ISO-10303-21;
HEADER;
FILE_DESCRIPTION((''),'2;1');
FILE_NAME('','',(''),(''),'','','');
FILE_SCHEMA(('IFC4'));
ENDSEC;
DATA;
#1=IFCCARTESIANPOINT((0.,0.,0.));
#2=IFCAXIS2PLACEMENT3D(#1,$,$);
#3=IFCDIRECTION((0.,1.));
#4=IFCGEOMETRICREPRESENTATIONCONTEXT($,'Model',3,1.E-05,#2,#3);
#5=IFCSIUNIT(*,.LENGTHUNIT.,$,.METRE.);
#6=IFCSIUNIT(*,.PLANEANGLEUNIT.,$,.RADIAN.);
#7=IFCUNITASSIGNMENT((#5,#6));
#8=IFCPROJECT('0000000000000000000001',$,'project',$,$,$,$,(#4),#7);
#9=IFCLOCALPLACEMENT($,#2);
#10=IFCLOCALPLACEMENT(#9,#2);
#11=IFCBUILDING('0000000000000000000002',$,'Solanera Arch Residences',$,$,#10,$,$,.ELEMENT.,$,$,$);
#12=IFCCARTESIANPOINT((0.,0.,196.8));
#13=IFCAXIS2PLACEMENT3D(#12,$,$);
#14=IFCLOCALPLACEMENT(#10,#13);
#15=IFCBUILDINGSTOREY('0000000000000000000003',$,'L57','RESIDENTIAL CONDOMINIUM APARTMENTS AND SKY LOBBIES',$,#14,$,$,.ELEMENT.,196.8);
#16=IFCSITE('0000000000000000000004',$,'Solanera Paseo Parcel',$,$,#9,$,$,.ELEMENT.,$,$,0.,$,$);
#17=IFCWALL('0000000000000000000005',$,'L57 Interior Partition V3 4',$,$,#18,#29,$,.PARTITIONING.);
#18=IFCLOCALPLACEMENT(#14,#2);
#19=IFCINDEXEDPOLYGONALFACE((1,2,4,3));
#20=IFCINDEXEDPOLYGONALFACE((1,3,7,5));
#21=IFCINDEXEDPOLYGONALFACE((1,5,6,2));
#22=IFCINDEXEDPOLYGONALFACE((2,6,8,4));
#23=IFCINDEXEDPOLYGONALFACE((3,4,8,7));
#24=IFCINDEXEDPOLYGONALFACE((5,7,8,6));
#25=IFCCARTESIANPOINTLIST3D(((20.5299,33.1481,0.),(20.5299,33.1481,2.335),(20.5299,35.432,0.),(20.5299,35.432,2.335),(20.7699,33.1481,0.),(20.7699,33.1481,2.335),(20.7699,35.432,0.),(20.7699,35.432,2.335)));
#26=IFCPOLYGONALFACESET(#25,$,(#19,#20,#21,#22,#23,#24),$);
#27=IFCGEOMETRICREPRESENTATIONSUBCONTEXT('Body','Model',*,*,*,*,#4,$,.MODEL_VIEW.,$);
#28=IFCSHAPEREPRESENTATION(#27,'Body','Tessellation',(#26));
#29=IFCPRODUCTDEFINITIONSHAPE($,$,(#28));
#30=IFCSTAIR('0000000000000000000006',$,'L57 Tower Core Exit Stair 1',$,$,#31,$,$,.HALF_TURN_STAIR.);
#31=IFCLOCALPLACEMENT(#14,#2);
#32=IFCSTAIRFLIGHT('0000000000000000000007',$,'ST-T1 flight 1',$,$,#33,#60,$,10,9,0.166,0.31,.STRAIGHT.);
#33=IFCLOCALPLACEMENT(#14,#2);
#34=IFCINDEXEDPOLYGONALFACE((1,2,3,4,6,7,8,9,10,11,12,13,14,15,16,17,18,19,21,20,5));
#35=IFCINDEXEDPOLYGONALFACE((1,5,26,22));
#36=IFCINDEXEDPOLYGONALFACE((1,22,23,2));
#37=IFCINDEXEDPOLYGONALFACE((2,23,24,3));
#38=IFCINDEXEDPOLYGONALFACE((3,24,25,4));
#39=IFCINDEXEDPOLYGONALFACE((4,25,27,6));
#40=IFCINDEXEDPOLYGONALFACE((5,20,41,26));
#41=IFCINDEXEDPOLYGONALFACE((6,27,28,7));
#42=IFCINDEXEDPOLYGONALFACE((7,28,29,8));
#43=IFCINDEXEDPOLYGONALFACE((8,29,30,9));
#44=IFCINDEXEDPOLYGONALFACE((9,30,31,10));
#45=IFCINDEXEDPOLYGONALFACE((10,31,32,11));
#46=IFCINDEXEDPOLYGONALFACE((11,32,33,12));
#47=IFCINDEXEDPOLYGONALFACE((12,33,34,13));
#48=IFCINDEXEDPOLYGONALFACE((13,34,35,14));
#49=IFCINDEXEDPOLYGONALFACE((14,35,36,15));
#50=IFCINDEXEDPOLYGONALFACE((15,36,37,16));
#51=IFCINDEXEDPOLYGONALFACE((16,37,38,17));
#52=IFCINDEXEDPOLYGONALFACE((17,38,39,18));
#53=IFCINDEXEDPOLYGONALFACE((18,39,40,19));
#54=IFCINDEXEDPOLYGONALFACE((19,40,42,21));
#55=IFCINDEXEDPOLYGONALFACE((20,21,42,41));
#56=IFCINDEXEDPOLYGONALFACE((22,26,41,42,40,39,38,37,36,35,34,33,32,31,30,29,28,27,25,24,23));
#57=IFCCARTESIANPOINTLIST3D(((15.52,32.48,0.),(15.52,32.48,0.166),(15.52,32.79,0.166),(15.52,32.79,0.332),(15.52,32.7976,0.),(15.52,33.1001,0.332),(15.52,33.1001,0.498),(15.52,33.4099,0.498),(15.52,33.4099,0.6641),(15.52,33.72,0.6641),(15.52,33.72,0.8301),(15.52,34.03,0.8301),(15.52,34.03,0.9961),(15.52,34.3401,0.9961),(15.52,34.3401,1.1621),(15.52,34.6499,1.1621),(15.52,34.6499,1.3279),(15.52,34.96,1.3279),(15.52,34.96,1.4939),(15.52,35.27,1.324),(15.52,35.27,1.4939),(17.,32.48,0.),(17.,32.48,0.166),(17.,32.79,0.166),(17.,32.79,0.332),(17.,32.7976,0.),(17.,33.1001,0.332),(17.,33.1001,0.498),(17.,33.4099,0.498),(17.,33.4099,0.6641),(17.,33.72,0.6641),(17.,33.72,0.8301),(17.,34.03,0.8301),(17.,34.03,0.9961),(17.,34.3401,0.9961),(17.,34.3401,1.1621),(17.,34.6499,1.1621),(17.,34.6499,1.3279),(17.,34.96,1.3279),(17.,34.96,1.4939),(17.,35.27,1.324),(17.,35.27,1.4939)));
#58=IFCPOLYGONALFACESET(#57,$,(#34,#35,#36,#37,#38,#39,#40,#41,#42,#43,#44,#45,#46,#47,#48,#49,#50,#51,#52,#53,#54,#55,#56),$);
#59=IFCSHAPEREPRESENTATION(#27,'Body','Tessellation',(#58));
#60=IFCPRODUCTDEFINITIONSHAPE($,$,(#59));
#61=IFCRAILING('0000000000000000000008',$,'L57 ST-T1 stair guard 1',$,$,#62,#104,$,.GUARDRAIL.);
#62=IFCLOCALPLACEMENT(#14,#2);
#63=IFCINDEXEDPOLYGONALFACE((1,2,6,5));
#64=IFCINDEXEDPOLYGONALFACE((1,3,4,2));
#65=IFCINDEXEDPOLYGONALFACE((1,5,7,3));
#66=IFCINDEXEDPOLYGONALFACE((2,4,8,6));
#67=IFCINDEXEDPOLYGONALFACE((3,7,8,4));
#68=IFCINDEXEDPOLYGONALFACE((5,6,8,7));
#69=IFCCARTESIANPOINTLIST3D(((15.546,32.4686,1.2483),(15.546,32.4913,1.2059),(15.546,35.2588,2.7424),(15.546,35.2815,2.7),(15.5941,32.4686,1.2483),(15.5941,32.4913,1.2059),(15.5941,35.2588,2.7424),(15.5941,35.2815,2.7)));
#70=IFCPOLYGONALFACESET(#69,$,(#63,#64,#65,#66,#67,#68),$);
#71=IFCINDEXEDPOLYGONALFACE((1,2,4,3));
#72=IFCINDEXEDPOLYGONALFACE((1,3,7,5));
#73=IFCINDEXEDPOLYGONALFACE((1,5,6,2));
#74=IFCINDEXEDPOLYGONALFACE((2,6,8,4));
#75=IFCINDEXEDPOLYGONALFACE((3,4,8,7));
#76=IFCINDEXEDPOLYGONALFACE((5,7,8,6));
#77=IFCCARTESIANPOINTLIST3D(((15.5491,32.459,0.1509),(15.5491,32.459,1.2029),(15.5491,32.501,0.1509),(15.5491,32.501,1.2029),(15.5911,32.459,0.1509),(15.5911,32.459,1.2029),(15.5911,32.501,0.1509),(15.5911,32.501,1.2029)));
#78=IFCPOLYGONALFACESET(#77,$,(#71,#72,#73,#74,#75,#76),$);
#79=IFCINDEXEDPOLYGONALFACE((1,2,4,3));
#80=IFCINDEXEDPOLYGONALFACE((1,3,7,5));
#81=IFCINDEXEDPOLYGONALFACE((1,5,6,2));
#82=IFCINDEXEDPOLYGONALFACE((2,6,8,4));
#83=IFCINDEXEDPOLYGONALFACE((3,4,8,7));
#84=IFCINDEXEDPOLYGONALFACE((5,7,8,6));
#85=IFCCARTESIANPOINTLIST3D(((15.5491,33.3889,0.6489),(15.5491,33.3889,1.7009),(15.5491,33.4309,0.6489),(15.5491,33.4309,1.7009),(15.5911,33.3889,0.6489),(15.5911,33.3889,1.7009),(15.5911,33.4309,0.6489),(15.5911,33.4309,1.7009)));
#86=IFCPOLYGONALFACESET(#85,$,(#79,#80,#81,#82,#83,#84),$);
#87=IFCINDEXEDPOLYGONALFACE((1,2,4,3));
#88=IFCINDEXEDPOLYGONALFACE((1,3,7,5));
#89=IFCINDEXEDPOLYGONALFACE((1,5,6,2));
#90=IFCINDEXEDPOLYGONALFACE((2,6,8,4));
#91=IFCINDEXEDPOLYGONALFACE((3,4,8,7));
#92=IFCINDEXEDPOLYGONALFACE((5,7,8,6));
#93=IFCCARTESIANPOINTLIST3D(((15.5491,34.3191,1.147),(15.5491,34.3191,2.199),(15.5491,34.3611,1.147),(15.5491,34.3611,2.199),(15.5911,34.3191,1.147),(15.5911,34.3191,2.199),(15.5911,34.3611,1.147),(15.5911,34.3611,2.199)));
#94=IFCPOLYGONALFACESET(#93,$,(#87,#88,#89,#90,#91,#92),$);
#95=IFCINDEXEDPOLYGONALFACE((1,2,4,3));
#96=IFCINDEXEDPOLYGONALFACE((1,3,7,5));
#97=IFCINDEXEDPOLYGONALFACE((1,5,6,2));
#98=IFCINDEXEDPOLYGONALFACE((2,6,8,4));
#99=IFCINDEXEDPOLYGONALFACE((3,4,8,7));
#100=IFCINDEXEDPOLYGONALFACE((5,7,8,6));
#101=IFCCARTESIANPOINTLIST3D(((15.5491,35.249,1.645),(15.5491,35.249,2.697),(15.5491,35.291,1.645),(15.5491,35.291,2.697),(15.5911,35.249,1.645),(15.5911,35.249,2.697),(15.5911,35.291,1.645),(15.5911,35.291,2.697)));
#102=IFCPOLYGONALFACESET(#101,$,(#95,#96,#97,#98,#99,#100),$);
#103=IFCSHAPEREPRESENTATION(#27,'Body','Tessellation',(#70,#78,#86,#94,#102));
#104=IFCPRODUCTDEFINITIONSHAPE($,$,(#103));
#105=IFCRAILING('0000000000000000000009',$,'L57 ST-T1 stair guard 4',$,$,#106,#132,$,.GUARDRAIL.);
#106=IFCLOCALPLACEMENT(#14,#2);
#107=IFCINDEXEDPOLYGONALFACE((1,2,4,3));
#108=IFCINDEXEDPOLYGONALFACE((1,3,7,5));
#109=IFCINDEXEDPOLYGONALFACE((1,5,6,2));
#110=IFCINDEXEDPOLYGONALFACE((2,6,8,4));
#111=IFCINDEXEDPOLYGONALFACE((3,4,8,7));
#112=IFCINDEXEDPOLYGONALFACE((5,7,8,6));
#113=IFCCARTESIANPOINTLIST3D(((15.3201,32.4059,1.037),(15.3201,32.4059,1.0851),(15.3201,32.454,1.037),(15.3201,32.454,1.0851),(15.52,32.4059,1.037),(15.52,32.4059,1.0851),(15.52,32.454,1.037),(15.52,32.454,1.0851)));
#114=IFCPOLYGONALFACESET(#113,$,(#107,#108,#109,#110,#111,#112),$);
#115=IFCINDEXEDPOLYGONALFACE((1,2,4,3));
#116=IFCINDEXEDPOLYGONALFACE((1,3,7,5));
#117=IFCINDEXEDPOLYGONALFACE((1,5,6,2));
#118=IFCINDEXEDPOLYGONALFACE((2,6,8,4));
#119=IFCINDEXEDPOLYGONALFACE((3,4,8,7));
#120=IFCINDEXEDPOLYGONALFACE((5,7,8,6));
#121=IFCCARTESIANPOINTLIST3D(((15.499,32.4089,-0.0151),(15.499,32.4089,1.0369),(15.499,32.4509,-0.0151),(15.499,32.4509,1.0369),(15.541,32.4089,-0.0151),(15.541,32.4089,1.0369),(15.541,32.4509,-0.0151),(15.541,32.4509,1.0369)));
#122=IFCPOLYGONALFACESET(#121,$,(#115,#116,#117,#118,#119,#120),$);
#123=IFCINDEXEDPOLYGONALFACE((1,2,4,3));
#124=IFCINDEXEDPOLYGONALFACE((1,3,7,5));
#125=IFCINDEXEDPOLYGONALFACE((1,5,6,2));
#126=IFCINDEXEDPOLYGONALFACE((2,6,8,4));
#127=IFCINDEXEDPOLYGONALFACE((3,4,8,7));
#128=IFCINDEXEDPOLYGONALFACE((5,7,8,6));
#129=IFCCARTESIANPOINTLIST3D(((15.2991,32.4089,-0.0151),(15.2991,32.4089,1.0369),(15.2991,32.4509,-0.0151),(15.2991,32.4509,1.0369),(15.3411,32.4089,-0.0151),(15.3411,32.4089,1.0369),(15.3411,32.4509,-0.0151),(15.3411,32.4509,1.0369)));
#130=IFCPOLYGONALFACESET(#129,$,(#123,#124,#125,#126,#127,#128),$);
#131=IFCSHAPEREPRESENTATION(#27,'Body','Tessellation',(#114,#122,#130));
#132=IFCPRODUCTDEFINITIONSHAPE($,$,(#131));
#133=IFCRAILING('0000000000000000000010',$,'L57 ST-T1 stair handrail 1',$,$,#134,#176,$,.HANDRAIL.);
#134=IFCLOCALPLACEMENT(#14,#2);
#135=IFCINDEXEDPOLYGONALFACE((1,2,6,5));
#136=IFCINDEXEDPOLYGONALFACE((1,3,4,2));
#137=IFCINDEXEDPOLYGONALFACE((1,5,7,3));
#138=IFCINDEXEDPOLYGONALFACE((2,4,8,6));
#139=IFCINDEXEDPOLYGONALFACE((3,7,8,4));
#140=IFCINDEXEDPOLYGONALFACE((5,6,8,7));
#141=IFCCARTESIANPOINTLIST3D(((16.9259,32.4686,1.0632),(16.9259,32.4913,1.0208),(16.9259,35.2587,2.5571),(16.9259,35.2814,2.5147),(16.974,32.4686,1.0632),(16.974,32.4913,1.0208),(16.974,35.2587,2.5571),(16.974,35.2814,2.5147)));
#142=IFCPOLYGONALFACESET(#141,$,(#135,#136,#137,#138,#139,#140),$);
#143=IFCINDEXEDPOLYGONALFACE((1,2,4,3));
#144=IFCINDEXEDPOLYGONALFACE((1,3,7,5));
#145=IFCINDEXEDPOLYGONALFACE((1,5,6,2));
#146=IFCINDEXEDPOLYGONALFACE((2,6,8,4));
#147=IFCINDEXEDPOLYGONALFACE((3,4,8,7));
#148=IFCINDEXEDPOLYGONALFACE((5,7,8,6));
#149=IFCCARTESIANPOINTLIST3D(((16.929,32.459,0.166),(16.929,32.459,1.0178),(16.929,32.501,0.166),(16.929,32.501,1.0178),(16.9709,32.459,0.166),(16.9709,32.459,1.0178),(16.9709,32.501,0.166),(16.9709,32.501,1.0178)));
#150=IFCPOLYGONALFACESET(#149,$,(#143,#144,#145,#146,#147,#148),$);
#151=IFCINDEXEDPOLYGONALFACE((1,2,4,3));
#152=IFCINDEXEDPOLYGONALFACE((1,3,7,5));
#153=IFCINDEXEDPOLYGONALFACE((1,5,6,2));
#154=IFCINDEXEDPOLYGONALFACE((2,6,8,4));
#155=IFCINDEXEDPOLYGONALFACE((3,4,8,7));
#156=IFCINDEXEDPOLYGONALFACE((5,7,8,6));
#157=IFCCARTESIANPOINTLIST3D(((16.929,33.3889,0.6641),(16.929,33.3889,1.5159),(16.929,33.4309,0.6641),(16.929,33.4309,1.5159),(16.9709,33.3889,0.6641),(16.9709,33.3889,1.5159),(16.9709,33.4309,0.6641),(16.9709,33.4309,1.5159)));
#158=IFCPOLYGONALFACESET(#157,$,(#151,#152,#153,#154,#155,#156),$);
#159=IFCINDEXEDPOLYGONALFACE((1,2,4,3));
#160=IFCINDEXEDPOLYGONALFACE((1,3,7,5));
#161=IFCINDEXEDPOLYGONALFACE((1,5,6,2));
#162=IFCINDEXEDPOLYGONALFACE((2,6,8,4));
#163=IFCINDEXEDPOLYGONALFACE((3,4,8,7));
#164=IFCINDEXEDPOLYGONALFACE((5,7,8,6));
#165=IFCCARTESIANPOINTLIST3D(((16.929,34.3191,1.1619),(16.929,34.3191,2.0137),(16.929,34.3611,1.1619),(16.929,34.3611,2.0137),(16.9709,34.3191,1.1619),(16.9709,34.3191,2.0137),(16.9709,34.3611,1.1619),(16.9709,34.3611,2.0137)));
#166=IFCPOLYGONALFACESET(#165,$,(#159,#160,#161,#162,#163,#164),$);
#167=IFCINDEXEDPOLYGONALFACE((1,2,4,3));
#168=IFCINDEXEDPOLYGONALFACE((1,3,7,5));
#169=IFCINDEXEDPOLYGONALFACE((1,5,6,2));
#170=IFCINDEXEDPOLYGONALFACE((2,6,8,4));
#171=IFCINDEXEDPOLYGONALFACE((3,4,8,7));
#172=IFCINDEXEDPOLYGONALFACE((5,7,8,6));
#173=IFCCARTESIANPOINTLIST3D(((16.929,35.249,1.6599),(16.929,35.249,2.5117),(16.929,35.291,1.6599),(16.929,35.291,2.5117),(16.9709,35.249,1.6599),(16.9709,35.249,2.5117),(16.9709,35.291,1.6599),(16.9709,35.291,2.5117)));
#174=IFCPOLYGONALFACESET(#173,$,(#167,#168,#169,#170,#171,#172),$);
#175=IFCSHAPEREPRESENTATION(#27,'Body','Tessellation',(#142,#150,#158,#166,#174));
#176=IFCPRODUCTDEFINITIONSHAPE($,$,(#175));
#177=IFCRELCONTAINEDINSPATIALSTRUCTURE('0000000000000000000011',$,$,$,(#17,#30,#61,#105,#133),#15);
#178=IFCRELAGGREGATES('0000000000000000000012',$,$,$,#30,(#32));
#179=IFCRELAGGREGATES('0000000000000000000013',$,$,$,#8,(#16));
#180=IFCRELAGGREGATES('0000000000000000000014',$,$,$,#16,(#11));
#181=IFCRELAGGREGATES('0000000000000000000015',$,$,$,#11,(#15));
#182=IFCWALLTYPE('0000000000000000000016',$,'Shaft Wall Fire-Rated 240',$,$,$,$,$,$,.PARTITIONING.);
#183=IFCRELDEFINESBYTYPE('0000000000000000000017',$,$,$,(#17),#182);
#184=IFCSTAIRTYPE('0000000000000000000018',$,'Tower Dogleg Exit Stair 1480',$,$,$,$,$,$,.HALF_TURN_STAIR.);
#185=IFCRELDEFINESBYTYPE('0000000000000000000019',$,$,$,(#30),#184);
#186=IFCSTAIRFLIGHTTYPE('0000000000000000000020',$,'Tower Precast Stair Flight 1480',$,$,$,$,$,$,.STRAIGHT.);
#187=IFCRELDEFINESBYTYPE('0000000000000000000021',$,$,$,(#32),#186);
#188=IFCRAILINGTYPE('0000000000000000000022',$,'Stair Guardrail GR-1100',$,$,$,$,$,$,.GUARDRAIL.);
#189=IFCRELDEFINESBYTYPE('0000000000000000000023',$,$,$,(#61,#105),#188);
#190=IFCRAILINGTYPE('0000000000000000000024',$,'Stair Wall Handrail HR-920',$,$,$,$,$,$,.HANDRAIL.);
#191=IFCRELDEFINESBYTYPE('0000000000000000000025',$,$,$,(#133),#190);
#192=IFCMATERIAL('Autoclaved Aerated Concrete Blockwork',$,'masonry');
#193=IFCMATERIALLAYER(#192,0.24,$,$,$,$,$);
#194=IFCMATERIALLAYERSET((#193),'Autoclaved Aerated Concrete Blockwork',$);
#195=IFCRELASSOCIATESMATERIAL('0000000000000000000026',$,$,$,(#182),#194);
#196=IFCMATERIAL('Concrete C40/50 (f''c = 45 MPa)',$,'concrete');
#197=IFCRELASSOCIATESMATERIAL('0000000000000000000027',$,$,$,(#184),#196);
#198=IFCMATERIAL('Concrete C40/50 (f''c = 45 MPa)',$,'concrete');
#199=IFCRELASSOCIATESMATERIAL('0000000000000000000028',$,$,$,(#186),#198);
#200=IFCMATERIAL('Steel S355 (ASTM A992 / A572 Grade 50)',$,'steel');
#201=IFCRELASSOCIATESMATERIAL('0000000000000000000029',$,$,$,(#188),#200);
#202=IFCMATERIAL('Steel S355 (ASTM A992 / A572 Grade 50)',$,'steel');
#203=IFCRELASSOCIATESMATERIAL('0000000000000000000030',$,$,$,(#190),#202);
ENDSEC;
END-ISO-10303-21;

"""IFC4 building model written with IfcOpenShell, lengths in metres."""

from ifc_helpers import new_model, si_unit, direction, frame, frame_2d, origin, origin_2d, place, context, subcontext, project, spatial, polyline, rectangle, outline, extrude, material, layer, layer_set, type_object, element, aggregate, save


model = new_model("IFC4")

# Units and contexts
model_context = context("Model", 3, precision=1e-05, world=origin(), true_north=direction((0.0, 1.0)))
body_context = subcontext(model_context, "Body", "Model", "MODEL_VIEW")
ifc_project = project(units=[si_unit("LENGTHUNIT", "METRE"), si_unit("PLANEANGLEUNIT", "RADIAN")], contexts=[model_context])

# Site, building, storey
site_placement = place(None, origin())
site = spatial("IfcSite", under=ifc_project, at=site_placement, Name="Solanera Paseo Parcel", CompositionType="ELEMENT", RefElevation=0.0)
building_placement = place(site_placement, origin())
building = spatial("IfcBuilding", under=site, at=building_placement, Name="Solanera Arch Residences", CompositionType="ELEMENT")
storey_placement = place(building_placement, frame((0.0, 0.0, 196.8)))
storey = spatial("IfcBuildingStorey", under=building, at=storey_placement, Name="L57", Description="RESIDENTIAL CONDOMINIUM APARTMENTS AND SKY LOBBIES", CompositionType="ELEMENT", Elevation=196.8)

# Shared definitions
ifc_material_1 = material(Name="Autoclaved Aerated Concrete Blockwork", Category="masonry")
ifc_layer_1 = layer(ifc_material_1, 0.24)
ifc_layer_set_1 = layer_set([ifc_layer_1], Name="Autoclaved Aerated Concrete Blockwork")
wall_type_1 = type_object("IfcWallType", Name="Shaft Wall Fire-Rated 240", PredefinedType="PARTITIONING", material=ifc_layer_set_1)

# Wall
wall_1_placement = place(storey_placement, frame((20.6499, 33.1479, 0.0), z_axis=(0.0, 0.0, 1.0), x_axis=(0.0, 1.0, 0.0)))
element("IfcWall", 1, at=wall_1_placement, inside=storey, type_object=wall_type_1, Name="L57 Interior Partition V3 4", PredefinedType="PARTITIONING", context=body_context, shape_type="SweptSolid", body=[
    extrude(rectangle(XDim=2.2839, YDim=0.24, at=frame_2d((1.1421, 0.0))), origin(), (0.0, 0.0, 1.0), 2.335),
])

# Stair, stair flight
ifc_material_2 = material(Name="Concrete C40/50 (f'c = 45 MPa)", Category="concrete")
stair_type = type_object("IfcStairType", Name="Tower Dogleg Exit Stair 1480", PredefinedType="HALF_TURN_STAIR", material=ifc_material_2)
stair_placement = place(storey_placement, origin())
stair = element("IfcStair", 2, at=stair_placement, inside=storey, type_object=stair_type, Name="L57 Tower Core Exit Stair 1", PredefinedType="HALF_TURN_STAIR")
ifc_material_3 = material(Name="Concrete C40/50 (f'c = 45 MPa)", Category="concrete")
stair_flight_type = type_object("IfcStairFlightType", Name="Tower Precast Stair Flight 1480", PredefinedType="STRAIGHT", material=ifc_material_3)
stair_flight_placement = place(storey_placement, frame((16.26, 32.48, 0.0), z_axis=(0.0, 0.0, 1.0), x_axis=(0.0, 1.0, 0.0)))
stair_flight = element("IfcStairFlight", 3, at=stair_flight_placement, type_object=stair_flight_type, Name="ST-T1 flight 1", NumberOfRisers=10, NumberOfTreads=9, PredefinedType="STRAIGHT", RiserHeight=0.166, TreadLength=0.31, context=body_context, shape_type="SweptSolid", body=[
    extrude(outline(polyline([(0.0, 0.0), (0.0, 0.166), (0.3101, 0.166), (0.3101, 0.332), (0.6201, 0.332), (0.6201, 0.498), (0.9299, 0.498), (0.9299, 0.6641), (1.24, 0.6641), (1.24, 0.8301), (1.55, 0.8301), (1.55, 0.9961), (1.8601, 0.9961), (1.8601, 1.1621), (2.1699, 1.1621), (2.1699, 1.3279), (2.48, 1.3279), (2.48, 1.4939), (2.79, 1.4939), (2.79, 1.6599), (2.79, 1.324), (0.3176, 0.0), (0.0, 0.0)])), frame((0.0, 0.74, 0.0), z_axis=(0.0, -1.0, 0.0), x_axis=(1.0, 0.0, 0.0)), (0.0, 0.0, 1.0), 1.48),
])
aggregate(stair, [stair_flight])

# Railings
ifc_material_4 = material(Name="Steel S355 (ASTM A992 / A572 Grade 50)", Category="steel")
railing_type_1 = type_object("IfcRailingType", Name="Stair Guardrail GR-1100", PredefinedType="GUARDRAIL", material=ifc_material_4)
railing_1_placement = place(storey_placement, frame((15.5701, 32.48, 0.1509)))
element("IfcRailing", 4, at=railing_1_placement, inside=storey, type_object=railing_type_1, Name="L57 ST-T1 stair guard 1", PredefinedType="GUARDRAIL", context=body_context, shape_type="SweptSolid", body=[
    extrude(rectangle(XDim=0.0481, YDim=0.0481, at=origin_2d()), frame((0.0, 0.0, 1.0762), z_axis=(0.0, 0.881549, 0.472093), x_axis=(-1.0, 0.0, 0.0)), (0.0, 0.0, 1.0), 3.165),
    extrude(rectangle(XDim=0.042, YDim=0.042, at=origin_2d()), origin(), (0.0, 0.0, 1.0), 1.052),
    extrude(rectangle(XDim=0.042, YDim=0.042, at=origin_2d()), frame((0.0, 0.9299, 0.498)), (0.0, 0.0, 1.0), 1.052),
    extrude(rectangle(XDim=0.042, YDim=0.042, at=origin_2d()), frame((0.0, 1.8601, 0.9961)), (0.0, 0.0, 1.0), 1.052),
    extrude(rectangle(XDim=0.042, YDim=0.042, at=origin_2d()), frame((0.0, 2.79, 1.4941)), (0.0, 0.0, 1.0), 1.052),
])
railing_2_placement = place(storey_placement, frame((15.52, 32.4299, -0.0151)))
element("IfcRailing", 5, at=railing_2_placement, inside=storey, type_object=railing_type_1, Name="L57 ST-T1 stair guard 4", PredefinedType="GUARDRAIL", context=body_context, shape_type="SweptSolid", body=[
    extrude(rectangle(XDim=0.0481, YDim=0.0481, at=origin_2d()), frame((0.0, 0.0, 1.0762), z_axis=(-1.0, 0.0, 0.0), x_axis=(0.0, -1.0, 0.0)), (0.0, 0.0, 1.0), 0.2),
    extrude(rectangle(XDim=0.042, YDim=0.042, at=origin_2d()), origin(), (0.0, 0.0, 1.0), 1.052),
    extrude(rectangle(XDim=0.042, YDim=0.042, at=origin_2d()), frame((-0.2, 0.0, 0.0)), (0.0, 0.0, 1.0), 1.052),
])
ifc_material_5 = material(Name="Steel S355 (ASTM A992 / A572 Grade 50)", Category="steel")
railing_type_2 = type_object("IfcRailingType", Name="Stair Wall Handrail HR-920", PredefinedType="HANDRAIL", material=ifc_material_5)
railing_3_placement = place(storey_placement, frame((16.95, 32.48, 0.166)))
element("IfcRailing", 6, at=railing_3_placement, inside=storey, type_object=railing_type_2, Name="L57 ST-T1 stair handrail 1", PredefinedType="HANDRAIL", context=body_context, shape_type="SweptSolid", body=[
    extrude(rectangle(XDim=0.0481, YDim=0.0481, at=origin_2d()), frame((0.0, 0.0, 0.876), z_axis=(0.0, 0.881581, 0.472033), x_axis=(-1.0, 0.0, 0.0)), (0.0, 0.0, 1.0), 3.1648),
    extrude(rectangle(XDim=0.042, YDim=0.042, at=origin_2d()), origin(), (0.0, 0.0, 1.0), 0.8518),
    extrude(rectangle(XDim=0.042, YDim=0.042, at=origin_2d()), frame((0.0, 0.9299, 0.498)), (0.0, 0.0, 1.0), 0.8518),
    extrude(rectangle(XDim=0.042, YDim=0.042, at=origin_2d()), frame((0.0, 1.8601, 0.9958)), (0.0, 0.0, 1.0), 0.8518),
    extrude(rectangle(XDim=0.042, YDim=0.042, at=origin_2d()), frame((0.0, 2.79, 1.4939)), (0.0, 0.0, 1.0), 0.8518),
])

save(model, "model.ifc")
